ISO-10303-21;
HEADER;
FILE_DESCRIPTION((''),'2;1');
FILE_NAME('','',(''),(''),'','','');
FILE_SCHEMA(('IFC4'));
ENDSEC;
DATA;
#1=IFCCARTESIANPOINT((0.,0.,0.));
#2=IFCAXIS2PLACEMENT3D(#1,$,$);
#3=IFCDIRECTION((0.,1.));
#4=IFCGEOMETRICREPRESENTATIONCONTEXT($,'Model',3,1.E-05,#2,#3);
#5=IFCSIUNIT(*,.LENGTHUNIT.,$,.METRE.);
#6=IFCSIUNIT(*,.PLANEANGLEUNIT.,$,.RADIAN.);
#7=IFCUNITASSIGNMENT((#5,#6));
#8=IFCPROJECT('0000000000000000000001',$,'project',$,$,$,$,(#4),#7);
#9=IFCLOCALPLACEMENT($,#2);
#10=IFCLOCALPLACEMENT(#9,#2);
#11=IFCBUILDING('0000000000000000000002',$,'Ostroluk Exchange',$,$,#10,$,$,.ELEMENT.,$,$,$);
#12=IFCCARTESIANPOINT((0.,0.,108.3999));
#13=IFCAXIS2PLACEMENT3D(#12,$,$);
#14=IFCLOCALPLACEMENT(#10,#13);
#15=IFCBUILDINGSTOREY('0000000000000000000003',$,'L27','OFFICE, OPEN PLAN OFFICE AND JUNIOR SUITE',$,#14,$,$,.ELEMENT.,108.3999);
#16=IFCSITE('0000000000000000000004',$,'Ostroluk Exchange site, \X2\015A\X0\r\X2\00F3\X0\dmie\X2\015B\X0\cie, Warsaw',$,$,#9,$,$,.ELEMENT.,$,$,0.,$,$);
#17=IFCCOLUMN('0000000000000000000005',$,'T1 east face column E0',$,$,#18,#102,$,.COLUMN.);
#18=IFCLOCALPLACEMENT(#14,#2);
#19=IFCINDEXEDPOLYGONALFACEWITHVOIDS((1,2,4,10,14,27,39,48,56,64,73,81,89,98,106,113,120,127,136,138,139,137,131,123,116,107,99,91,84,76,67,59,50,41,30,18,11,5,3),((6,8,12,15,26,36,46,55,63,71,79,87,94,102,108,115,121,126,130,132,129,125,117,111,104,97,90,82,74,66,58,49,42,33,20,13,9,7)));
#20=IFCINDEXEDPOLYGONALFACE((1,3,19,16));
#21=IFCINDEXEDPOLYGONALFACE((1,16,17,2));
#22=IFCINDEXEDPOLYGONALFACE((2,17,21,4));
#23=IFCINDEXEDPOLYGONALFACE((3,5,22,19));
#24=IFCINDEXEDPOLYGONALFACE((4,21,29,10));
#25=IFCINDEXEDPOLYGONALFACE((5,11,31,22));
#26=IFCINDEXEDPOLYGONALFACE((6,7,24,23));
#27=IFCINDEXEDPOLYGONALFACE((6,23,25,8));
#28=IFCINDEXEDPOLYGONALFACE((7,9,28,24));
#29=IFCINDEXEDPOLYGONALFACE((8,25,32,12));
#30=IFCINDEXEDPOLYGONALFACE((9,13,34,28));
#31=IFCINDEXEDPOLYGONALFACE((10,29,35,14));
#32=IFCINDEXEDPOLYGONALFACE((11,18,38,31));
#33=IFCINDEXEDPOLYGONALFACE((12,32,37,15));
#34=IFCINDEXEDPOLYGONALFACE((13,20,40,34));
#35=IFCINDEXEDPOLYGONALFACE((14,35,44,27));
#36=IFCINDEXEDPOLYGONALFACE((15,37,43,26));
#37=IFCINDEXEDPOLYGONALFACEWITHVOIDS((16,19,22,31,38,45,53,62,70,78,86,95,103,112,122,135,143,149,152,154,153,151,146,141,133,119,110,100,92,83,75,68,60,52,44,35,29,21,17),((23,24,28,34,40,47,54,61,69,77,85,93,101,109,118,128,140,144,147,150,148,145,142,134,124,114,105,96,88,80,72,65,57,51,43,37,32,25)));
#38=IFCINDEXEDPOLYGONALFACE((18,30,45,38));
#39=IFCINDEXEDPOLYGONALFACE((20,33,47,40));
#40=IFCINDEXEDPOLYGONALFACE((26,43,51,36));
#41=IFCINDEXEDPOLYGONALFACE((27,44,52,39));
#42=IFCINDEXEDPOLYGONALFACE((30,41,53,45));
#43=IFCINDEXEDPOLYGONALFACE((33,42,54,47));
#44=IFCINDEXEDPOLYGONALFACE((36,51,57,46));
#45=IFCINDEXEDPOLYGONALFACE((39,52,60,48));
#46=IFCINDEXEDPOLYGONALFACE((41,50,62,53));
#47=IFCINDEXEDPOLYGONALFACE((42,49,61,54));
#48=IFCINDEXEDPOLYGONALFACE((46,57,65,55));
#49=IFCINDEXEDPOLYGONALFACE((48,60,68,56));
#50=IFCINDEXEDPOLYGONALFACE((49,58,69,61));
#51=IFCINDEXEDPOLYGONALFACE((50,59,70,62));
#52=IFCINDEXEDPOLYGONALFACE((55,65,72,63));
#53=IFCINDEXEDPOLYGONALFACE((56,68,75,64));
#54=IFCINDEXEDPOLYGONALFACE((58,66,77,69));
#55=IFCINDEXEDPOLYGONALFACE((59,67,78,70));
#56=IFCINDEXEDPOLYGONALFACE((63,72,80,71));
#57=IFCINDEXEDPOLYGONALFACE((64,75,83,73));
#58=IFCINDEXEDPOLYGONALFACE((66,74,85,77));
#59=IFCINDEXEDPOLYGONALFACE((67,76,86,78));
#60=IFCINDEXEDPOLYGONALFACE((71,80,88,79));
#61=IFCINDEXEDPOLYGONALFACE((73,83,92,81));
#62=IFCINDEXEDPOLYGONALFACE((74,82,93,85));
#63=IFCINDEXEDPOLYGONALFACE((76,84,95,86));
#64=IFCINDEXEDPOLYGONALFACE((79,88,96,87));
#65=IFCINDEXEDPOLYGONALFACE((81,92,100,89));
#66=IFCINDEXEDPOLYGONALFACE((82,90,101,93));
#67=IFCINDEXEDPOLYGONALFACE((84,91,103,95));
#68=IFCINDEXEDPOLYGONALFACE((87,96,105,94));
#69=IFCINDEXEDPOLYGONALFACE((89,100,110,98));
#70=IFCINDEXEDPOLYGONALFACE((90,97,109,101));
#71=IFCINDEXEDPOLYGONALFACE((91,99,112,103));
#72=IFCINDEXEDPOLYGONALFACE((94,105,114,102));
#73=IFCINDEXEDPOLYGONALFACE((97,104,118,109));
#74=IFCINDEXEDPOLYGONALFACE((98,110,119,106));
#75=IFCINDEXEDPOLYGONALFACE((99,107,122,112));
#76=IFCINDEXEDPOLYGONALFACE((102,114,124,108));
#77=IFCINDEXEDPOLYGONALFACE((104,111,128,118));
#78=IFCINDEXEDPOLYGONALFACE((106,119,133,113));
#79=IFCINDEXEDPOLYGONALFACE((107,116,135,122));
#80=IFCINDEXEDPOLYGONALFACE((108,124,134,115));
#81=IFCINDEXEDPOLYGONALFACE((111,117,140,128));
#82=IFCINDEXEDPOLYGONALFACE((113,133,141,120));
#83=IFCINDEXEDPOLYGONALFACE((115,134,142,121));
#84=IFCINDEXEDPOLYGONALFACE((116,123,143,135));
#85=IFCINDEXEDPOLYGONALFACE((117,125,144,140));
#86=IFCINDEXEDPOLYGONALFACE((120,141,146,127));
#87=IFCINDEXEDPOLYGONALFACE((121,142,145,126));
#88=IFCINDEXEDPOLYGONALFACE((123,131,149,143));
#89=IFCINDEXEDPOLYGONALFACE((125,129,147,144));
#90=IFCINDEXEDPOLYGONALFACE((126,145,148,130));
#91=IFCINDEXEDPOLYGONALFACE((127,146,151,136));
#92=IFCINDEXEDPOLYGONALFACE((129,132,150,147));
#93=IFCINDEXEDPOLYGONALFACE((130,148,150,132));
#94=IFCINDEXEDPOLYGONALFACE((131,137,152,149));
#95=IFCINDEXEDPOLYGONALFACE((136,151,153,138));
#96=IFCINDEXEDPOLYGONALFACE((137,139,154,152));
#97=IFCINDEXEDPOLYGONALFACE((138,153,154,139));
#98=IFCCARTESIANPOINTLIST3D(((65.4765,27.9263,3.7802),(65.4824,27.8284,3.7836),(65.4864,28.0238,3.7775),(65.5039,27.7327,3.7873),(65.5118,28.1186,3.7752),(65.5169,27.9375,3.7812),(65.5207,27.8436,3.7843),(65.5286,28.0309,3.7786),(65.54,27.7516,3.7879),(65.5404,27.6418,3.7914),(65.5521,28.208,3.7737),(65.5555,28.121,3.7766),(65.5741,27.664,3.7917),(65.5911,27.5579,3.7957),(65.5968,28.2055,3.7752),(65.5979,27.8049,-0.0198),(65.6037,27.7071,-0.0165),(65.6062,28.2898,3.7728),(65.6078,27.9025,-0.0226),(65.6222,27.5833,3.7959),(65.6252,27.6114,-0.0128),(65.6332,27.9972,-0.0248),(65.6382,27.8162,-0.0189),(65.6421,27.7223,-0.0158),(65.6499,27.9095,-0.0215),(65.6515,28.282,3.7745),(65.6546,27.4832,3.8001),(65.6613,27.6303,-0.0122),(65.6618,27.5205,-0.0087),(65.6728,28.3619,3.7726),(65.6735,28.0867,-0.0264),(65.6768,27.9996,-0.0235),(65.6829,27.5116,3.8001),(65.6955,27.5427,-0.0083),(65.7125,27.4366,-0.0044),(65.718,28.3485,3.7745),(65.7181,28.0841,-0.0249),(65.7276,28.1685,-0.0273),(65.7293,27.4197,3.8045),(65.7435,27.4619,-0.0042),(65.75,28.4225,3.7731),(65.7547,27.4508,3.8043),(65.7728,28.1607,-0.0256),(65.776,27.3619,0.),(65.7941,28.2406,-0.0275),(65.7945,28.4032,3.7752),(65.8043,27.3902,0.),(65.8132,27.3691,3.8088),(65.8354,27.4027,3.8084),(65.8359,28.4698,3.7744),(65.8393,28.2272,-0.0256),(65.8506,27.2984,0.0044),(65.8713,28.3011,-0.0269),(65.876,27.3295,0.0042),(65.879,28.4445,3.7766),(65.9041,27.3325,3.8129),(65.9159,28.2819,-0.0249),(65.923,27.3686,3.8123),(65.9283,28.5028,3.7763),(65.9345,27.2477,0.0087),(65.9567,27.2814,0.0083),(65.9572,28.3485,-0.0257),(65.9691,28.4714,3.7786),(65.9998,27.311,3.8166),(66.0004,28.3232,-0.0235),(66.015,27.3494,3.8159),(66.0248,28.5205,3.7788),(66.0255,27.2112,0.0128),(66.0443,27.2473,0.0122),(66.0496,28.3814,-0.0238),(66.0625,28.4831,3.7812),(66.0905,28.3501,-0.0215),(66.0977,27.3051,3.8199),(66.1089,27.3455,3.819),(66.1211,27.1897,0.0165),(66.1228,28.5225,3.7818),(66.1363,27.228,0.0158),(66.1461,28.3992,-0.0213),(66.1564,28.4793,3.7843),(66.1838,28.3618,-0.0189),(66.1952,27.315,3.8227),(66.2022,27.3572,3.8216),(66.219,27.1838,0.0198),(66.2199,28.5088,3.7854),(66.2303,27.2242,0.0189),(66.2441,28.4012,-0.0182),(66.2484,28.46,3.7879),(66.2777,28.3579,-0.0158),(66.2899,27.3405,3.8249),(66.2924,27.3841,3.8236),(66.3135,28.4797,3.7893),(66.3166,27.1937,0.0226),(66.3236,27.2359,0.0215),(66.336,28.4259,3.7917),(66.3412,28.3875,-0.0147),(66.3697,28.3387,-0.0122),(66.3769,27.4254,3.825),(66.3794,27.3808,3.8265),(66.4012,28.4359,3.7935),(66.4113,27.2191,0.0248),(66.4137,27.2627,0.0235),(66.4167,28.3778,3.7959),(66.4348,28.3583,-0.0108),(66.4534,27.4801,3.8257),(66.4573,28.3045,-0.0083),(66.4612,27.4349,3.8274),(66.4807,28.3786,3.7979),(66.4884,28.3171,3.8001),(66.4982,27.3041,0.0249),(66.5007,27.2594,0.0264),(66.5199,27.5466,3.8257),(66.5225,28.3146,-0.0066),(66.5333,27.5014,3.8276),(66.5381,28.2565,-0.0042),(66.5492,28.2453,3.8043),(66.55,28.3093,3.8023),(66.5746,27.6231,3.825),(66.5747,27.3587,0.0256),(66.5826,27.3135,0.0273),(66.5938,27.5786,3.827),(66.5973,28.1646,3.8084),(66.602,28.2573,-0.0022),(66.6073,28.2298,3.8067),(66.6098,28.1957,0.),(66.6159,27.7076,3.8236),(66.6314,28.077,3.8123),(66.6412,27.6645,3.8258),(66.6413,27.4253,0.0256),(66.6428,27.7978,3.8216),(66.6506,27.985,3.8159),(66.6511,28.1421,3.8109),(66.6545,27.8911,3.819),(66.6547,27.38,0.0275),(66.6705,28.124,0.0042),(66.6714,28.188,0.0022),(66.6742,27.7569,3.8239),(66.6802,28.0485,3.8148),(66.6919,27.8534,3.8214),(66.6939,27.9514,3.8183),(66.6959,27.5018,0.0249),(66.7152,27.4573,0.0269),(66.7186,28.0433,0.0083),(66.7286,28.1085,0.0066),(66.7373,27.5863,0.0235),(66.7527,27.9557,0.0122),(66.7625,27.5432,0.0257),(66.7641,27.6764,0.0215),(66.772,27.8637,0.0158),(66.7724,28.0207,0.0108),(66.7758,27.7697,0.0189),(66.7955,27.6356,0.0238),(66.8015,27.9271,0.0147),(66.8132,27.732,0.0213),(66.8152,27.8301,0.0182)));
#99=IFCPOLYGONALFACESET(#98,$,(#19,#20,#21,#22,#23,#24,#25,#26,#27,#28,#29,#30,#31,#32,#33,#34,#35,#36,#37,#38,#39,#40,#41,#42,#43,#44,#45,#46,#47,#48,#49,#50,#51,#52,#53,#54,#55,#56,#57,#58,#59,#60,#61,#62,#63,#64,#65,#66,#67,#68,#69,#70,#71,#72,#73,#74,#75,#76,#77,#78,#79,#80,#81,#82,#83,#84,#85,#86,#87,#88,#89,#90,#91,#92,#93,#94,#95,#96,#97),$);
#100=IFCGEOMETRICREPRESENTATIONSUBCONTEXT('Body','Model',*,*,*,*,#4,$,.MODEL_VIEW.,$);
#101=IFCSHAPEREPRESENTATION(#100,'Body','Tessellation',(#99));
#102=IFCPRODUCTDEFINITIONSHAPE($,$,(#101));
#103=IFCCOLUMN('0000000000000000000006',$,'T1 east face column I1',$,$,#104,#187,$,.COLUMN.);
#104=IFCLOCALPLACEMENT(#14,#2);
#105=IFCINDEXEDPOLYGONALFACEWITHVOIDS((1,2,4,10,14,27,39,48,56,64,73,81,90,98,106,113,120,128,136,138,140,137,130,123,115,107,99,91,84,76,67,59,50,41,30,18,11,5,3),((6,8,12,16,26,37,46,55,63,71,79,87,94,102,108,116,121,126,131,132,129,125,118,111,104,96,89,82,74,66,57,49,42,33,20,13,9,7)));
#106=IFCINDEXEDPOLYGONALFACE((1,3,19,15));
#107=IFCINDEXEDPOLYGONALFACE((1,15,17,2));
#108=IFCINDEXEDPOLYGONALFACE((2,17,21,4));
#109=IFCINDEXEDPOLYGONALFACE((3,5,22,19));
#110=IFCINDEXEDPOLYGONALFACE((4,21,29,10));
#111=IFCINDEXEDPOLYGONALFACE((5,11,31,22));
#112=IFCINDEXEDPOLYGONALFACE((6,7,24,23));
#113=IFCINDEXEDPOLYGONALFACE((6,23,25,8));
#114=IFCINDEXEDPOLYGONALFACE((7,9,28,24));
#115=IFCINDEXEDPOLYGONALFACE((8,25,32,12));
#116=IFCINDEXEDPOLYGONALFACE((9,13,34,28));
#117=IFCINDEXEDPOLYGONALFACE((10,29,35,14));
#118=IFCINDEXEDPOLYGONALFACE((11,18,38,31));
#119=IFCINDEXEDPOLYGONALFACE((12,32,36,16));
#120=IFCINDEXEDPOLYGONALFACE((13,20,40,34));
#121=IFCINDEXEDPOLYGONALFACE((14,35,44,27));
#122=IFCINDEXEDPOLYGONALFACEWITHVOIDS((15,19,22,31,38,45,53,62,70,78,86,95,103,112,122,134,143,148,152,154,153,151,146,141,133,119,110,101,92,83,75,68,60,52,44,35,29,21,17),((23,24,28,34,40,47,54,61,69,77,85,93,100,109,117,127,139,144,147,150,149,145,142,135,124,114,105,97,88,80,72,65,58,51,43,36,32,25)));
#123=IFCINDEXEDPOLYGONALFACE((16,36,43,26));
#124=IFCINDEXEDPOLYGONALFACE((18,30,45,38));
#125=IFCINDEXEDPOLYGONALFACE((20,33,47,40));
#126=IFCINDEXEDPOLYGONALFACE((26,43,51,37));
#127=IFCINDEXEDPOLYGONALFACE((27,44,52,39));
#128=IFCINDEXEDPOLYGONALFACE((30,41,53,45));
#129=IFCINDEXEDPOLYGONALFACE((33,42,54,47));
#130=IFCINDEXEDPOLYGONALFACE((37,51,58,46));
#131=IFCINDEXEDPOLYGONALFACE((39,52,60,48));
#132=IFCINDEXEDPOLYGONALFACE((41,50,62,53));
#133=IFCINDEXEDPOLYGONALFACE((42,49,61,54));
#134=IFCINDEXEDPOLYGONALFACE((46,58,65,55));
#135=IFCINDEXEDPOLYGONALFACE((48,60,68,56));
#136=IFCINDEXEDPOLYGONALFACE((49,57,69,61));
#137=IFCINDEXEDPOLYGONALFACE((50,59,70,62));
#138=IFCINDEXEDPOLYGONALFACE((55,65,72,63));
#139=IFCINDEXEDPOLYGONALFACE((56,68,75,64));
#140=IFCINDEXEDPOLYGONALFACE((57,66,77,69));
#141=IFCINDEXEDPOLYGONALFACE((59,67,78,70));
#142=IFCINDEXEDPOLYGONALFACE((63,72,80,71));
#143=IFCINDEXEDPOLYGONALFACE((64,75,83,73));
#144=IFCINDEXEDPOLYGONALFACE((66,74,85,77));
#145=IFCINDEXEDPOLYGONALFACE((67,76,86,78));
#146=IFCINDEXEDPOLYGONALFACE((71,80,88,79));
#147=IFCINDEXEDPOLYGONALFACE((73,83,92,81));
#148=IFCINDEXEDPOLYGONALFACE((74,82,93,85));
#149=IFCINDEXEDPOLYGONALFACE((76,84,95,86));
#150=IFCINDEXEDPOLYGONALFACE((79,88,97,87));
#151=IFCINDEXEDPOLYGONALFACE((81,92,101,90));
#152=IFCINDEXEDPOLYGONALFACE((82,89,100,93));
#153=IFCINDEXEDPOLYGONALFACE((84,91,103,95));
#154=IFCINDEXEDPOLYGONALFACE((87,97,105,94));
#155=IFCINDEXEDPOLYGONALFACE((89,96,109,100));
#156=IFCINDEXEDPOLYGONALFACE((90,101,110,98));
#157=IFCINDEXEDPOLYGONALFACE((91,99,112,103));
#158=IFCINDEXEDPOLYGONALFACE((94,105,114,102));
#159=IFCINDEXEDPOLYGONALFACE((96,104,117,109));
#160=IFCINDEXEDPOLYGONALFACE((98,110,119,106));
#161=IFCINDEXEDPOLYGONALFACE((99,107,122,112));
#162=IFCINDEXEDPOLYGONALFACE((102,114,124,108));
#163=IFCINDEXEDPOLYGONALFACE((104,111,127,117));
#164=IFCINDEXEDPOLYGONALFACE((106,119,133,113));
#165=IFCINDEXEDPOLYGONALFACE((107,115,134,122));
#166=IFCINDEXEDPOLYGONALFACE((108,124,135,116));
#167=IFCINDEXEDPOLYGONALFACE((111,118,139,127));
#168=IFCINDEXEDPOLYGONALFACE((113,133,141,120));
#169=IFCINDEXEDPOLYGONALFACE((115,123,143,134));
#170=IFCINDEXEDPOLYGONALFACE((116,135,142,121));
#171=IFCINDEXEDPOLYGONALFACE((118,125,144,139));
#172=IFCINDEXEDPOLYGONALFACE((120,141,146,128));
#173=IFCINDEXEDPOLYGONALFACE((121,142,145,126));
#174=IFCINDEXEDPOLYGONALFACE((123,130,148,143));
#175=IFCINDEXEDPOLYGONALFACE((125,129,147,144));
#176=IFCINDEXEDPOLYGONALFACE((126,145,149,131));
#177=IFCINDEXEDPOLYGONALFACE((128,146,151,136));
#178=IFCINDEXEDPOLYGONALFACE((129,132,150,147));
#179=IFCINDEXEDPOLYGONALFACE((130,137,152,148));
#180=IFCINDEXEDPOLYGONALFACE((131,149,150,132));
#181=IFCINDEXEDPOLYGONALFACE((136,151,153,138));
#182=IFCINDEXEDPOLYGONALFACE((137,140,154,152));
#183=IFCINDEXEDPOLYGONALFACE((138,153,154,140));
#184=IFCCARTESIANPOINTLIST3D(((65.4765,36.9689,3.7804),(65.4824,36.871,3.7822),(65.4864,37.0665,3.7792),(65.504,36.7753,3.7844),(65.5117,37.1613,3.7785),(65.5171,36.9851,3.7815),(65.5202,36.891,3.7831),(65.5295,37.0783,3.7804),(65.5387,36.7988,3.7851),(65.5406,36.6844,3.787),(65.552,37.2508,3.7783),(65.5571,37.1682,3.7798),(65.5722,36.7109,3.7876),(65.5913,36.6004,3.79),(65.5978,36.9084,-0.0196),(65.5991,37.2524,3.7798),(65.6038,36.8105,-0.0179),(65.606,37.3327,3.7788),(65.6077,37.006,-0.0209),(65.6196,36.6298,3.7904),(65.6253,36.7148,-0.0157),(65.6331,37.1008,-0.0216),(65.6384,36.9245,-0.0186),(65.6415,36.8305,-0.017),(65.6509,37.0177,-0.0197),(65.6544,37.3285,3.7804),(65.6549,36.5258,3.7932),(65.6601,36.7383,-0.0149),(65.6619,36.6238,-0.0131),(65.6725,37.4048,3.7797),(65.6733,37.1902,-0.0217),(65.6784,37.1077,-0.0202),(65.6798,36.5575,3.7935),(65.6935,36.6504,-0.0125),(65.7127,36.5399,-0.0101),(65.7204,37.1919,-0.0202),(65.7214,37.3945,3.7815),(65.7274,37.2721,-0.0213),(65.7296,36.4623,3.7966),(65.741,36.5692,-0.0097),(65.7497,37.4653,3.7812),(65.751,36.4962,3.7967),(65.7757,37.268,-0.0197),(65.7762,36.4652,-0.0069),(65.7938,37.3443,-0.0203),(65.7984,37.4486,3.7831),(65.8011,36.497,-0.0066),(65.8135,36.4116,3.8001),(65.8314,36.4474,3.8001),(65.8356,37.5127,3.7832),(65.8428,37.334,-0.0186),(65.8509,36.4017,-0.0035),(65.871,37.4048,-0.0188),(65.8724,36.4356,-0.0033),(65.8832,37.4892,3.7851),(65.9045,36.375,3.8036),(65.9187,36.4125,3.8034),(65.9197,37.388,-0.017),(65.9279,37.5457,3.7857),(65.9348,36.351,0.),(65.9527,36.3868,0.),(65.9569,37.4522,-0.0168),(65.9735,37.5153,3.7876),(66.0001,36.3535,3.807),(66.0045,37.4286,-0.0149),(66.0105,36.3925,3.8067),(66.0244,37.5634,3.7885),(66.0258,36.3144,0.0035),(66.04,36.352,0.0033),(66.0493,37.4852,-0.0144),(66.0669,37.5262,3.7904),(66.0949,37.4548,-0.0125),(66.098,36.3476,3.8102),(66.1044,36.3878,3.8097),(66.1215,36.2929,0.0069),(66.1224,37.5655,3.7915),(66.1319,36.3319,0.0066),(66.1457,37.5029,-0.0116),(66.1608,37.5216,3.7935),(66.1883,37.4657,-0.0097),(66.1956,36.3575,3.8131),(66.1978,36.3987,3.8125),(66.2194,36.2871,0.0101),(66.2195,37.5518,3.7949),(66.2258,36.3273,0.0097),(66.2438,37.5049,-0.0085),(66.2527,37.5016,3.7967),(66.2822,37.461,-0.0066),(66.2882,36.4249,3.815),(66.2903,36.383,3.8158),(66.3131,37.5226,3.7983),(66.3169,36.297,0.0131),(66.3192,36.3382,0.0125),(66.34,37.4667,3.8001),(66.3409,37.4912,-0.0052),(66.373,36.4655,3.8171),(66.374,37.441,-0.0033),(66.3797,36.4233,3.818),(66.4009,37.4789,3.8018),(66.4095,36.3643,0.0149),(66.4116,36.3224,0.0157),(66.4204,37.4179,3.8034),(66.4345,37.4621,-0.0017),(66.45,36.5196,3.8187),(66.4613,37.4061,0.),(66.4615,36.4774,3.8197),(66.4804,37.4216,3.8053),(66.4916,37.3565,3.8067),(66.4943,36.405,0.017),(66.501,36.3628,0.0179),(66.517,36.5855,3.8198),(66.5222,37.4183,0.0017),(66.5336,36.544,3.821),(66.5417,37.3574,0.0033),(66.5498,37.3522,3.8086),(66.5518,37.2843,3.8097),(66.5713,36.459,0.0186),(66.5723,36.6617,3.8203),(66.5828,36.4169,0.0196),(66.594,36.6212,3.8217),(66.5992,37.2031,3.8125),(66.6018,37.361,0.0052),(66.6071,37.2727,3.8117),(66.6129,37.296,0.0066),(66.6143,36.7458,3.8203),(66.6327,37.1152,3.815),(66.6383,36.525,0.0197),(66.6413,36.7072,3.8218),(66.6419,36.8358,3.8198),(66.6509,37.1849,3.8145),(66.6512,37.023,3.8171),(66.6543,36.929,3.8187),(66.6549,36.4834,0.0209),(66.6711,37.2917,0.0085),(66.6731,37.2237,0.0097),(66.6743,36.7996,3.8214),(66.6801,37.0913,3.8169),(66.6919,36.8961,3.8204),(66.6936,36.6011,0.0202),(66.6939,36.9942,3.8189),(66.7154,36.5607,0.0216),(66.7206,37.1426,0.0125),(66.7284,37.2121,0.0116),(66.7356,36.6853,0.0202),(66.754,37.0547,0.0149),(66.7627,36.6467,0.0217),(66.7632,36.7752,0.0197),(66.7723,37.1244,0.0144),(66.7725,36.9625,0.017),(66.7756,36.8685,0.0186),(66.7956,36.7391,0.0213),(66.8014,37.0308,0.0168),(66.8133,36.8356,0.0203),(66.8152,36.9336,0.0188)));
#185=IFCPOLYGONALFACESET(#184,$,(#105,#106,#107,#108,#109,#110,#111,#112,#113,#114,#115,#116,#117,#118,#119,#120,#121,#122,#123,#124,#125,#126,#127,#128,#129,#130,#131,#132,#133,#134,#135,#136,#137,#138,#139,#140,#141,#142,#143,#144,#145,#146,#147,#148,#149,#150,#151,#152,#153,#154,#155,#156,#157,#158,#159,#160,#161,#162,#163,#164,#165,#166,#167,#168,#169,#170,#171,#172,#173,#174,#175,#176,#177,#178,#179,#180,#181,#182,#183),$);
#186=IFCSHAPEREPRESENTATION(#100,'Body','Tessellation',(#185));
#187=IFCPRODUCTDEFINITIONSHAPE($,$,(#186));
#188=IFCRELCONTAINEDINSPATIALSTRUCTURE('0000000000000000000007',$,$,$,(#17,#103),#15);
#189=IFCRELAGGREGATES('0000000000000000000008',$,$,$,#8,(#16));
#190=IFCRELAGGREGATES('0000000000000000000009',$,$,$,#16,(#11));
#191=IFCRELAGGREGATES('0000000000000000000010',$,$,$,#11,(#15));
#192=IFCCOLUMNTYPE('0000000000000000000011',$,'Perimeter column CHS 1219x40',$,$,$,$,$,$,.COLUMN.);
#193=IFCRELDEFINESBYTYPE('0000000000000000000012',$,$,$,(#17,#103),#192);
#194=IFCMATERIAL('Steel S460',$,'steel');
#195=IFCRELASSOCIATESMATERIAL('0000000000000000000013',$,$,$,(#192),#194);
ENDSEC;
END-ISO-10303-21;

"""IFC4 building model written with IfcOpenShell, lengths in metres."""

from ifc_helpers import new_model, si_unit, direction, frame, origin, origin_2d, place, context, subcontext, project, spatial, hollow_circle, extrude, material, material_profile, profile_set, type_object, element, save


model = new_model("IFC4")

# Units and contexts
model_context = context("Model", 3, precision=1e-05, world=origin(), true_north=direction((0.0, 1.0)))
body_context = subcontext(model_context, "Body", "Model", "MODEL_VIEW")
ifc_project = project(units=[si_unit("LENGTHUNIT", "METRE"), si_unit("PLANEANGLEUNIT", "RADIAN")], contexts=[model_context])

# Site, building, storey
site_placement = place(None, origin())
site = spatial("IfcSite", under=ifc_project, at=site_placement, Name="Ostroluk Exchange site, Śródmieście, Warsaw", CompositionType="ELEMENT", RefElevation=0.0)
building_placement = place(site_placement, origin())
building = spatial("IfcBuilding", under=site, at=building_placement, Name="Ostroluk Exchange", CompositionType="ELEMENT")
storey_placement = place(building_placement, frame((0.0, 0.0, 108.3999)))
storey = spatial("IfcBuildingStorey", under=building, at=storey_placement, Name="L27", Description="OFFICE, OPEN PLAN OFFICE AND JUNIOR SUITE", CompositionType="ELEMENT", Elevation=108.3999)

# Columns
ifc_material_1 = material(Name="Steel S460", Category="steel")
ifc_material_profile_1 = material_profile(ifc_material_1, hollow_circle(Radius=0.6096, WallThickness=0.04, at=origin_2d()), Name="CHS 1219x40")
ifc_profile_set_1 = profile_set([ifc_material_profile_1], Name="Steel S460")
column_type = type_object("IfcColumnType", Name="Perimeter column CHS 1219x40", PredefinedType="COLUMN", material=ifc_profile_set_1)
column_1_placement = place(storey_placement, frame((66.207, 27.793, 0.0), z_axis=(-0.031898, 0.031898, 0.998982), x_axis=(-0.707107, -0.707107, 0.0)))
element("IfcColumn", 1, at=column_1_placement, inside=storey, type_object=column_type, Name="T1 east face column E0", PredefinedType="COLUMN", context=body_context, shape_type="SweptSolid", body=[
    extrude(hollow_circle(Radius=0.6096, WallThickness=0.04, at=origin_2d()), origin(), (0.0, 0.0, 1.0), 3.804),
])
column_2_placement = place(storey_placement, frame((66.207, 36.8965, 0.0), z_axis=(-0.03191, 0.015923, 0.999364), x_axis=(-0.446493, -0.894787, 0.0)))
element("IfcColumn", 2, at=column_2_placement, inside=storey, type_object=column_type, Name="T1 east face column I1", PredefinedType="COLUMN", context=body_context, shape_type="SweptSolid", body=[
    extrude(hollow_circle(Radius=0.6096, WallThickness=0.04, at=origin_2d()), origin(), (0.0, 0.0, 1.0), 3.8025),
])

save(model, "model.ifc")
